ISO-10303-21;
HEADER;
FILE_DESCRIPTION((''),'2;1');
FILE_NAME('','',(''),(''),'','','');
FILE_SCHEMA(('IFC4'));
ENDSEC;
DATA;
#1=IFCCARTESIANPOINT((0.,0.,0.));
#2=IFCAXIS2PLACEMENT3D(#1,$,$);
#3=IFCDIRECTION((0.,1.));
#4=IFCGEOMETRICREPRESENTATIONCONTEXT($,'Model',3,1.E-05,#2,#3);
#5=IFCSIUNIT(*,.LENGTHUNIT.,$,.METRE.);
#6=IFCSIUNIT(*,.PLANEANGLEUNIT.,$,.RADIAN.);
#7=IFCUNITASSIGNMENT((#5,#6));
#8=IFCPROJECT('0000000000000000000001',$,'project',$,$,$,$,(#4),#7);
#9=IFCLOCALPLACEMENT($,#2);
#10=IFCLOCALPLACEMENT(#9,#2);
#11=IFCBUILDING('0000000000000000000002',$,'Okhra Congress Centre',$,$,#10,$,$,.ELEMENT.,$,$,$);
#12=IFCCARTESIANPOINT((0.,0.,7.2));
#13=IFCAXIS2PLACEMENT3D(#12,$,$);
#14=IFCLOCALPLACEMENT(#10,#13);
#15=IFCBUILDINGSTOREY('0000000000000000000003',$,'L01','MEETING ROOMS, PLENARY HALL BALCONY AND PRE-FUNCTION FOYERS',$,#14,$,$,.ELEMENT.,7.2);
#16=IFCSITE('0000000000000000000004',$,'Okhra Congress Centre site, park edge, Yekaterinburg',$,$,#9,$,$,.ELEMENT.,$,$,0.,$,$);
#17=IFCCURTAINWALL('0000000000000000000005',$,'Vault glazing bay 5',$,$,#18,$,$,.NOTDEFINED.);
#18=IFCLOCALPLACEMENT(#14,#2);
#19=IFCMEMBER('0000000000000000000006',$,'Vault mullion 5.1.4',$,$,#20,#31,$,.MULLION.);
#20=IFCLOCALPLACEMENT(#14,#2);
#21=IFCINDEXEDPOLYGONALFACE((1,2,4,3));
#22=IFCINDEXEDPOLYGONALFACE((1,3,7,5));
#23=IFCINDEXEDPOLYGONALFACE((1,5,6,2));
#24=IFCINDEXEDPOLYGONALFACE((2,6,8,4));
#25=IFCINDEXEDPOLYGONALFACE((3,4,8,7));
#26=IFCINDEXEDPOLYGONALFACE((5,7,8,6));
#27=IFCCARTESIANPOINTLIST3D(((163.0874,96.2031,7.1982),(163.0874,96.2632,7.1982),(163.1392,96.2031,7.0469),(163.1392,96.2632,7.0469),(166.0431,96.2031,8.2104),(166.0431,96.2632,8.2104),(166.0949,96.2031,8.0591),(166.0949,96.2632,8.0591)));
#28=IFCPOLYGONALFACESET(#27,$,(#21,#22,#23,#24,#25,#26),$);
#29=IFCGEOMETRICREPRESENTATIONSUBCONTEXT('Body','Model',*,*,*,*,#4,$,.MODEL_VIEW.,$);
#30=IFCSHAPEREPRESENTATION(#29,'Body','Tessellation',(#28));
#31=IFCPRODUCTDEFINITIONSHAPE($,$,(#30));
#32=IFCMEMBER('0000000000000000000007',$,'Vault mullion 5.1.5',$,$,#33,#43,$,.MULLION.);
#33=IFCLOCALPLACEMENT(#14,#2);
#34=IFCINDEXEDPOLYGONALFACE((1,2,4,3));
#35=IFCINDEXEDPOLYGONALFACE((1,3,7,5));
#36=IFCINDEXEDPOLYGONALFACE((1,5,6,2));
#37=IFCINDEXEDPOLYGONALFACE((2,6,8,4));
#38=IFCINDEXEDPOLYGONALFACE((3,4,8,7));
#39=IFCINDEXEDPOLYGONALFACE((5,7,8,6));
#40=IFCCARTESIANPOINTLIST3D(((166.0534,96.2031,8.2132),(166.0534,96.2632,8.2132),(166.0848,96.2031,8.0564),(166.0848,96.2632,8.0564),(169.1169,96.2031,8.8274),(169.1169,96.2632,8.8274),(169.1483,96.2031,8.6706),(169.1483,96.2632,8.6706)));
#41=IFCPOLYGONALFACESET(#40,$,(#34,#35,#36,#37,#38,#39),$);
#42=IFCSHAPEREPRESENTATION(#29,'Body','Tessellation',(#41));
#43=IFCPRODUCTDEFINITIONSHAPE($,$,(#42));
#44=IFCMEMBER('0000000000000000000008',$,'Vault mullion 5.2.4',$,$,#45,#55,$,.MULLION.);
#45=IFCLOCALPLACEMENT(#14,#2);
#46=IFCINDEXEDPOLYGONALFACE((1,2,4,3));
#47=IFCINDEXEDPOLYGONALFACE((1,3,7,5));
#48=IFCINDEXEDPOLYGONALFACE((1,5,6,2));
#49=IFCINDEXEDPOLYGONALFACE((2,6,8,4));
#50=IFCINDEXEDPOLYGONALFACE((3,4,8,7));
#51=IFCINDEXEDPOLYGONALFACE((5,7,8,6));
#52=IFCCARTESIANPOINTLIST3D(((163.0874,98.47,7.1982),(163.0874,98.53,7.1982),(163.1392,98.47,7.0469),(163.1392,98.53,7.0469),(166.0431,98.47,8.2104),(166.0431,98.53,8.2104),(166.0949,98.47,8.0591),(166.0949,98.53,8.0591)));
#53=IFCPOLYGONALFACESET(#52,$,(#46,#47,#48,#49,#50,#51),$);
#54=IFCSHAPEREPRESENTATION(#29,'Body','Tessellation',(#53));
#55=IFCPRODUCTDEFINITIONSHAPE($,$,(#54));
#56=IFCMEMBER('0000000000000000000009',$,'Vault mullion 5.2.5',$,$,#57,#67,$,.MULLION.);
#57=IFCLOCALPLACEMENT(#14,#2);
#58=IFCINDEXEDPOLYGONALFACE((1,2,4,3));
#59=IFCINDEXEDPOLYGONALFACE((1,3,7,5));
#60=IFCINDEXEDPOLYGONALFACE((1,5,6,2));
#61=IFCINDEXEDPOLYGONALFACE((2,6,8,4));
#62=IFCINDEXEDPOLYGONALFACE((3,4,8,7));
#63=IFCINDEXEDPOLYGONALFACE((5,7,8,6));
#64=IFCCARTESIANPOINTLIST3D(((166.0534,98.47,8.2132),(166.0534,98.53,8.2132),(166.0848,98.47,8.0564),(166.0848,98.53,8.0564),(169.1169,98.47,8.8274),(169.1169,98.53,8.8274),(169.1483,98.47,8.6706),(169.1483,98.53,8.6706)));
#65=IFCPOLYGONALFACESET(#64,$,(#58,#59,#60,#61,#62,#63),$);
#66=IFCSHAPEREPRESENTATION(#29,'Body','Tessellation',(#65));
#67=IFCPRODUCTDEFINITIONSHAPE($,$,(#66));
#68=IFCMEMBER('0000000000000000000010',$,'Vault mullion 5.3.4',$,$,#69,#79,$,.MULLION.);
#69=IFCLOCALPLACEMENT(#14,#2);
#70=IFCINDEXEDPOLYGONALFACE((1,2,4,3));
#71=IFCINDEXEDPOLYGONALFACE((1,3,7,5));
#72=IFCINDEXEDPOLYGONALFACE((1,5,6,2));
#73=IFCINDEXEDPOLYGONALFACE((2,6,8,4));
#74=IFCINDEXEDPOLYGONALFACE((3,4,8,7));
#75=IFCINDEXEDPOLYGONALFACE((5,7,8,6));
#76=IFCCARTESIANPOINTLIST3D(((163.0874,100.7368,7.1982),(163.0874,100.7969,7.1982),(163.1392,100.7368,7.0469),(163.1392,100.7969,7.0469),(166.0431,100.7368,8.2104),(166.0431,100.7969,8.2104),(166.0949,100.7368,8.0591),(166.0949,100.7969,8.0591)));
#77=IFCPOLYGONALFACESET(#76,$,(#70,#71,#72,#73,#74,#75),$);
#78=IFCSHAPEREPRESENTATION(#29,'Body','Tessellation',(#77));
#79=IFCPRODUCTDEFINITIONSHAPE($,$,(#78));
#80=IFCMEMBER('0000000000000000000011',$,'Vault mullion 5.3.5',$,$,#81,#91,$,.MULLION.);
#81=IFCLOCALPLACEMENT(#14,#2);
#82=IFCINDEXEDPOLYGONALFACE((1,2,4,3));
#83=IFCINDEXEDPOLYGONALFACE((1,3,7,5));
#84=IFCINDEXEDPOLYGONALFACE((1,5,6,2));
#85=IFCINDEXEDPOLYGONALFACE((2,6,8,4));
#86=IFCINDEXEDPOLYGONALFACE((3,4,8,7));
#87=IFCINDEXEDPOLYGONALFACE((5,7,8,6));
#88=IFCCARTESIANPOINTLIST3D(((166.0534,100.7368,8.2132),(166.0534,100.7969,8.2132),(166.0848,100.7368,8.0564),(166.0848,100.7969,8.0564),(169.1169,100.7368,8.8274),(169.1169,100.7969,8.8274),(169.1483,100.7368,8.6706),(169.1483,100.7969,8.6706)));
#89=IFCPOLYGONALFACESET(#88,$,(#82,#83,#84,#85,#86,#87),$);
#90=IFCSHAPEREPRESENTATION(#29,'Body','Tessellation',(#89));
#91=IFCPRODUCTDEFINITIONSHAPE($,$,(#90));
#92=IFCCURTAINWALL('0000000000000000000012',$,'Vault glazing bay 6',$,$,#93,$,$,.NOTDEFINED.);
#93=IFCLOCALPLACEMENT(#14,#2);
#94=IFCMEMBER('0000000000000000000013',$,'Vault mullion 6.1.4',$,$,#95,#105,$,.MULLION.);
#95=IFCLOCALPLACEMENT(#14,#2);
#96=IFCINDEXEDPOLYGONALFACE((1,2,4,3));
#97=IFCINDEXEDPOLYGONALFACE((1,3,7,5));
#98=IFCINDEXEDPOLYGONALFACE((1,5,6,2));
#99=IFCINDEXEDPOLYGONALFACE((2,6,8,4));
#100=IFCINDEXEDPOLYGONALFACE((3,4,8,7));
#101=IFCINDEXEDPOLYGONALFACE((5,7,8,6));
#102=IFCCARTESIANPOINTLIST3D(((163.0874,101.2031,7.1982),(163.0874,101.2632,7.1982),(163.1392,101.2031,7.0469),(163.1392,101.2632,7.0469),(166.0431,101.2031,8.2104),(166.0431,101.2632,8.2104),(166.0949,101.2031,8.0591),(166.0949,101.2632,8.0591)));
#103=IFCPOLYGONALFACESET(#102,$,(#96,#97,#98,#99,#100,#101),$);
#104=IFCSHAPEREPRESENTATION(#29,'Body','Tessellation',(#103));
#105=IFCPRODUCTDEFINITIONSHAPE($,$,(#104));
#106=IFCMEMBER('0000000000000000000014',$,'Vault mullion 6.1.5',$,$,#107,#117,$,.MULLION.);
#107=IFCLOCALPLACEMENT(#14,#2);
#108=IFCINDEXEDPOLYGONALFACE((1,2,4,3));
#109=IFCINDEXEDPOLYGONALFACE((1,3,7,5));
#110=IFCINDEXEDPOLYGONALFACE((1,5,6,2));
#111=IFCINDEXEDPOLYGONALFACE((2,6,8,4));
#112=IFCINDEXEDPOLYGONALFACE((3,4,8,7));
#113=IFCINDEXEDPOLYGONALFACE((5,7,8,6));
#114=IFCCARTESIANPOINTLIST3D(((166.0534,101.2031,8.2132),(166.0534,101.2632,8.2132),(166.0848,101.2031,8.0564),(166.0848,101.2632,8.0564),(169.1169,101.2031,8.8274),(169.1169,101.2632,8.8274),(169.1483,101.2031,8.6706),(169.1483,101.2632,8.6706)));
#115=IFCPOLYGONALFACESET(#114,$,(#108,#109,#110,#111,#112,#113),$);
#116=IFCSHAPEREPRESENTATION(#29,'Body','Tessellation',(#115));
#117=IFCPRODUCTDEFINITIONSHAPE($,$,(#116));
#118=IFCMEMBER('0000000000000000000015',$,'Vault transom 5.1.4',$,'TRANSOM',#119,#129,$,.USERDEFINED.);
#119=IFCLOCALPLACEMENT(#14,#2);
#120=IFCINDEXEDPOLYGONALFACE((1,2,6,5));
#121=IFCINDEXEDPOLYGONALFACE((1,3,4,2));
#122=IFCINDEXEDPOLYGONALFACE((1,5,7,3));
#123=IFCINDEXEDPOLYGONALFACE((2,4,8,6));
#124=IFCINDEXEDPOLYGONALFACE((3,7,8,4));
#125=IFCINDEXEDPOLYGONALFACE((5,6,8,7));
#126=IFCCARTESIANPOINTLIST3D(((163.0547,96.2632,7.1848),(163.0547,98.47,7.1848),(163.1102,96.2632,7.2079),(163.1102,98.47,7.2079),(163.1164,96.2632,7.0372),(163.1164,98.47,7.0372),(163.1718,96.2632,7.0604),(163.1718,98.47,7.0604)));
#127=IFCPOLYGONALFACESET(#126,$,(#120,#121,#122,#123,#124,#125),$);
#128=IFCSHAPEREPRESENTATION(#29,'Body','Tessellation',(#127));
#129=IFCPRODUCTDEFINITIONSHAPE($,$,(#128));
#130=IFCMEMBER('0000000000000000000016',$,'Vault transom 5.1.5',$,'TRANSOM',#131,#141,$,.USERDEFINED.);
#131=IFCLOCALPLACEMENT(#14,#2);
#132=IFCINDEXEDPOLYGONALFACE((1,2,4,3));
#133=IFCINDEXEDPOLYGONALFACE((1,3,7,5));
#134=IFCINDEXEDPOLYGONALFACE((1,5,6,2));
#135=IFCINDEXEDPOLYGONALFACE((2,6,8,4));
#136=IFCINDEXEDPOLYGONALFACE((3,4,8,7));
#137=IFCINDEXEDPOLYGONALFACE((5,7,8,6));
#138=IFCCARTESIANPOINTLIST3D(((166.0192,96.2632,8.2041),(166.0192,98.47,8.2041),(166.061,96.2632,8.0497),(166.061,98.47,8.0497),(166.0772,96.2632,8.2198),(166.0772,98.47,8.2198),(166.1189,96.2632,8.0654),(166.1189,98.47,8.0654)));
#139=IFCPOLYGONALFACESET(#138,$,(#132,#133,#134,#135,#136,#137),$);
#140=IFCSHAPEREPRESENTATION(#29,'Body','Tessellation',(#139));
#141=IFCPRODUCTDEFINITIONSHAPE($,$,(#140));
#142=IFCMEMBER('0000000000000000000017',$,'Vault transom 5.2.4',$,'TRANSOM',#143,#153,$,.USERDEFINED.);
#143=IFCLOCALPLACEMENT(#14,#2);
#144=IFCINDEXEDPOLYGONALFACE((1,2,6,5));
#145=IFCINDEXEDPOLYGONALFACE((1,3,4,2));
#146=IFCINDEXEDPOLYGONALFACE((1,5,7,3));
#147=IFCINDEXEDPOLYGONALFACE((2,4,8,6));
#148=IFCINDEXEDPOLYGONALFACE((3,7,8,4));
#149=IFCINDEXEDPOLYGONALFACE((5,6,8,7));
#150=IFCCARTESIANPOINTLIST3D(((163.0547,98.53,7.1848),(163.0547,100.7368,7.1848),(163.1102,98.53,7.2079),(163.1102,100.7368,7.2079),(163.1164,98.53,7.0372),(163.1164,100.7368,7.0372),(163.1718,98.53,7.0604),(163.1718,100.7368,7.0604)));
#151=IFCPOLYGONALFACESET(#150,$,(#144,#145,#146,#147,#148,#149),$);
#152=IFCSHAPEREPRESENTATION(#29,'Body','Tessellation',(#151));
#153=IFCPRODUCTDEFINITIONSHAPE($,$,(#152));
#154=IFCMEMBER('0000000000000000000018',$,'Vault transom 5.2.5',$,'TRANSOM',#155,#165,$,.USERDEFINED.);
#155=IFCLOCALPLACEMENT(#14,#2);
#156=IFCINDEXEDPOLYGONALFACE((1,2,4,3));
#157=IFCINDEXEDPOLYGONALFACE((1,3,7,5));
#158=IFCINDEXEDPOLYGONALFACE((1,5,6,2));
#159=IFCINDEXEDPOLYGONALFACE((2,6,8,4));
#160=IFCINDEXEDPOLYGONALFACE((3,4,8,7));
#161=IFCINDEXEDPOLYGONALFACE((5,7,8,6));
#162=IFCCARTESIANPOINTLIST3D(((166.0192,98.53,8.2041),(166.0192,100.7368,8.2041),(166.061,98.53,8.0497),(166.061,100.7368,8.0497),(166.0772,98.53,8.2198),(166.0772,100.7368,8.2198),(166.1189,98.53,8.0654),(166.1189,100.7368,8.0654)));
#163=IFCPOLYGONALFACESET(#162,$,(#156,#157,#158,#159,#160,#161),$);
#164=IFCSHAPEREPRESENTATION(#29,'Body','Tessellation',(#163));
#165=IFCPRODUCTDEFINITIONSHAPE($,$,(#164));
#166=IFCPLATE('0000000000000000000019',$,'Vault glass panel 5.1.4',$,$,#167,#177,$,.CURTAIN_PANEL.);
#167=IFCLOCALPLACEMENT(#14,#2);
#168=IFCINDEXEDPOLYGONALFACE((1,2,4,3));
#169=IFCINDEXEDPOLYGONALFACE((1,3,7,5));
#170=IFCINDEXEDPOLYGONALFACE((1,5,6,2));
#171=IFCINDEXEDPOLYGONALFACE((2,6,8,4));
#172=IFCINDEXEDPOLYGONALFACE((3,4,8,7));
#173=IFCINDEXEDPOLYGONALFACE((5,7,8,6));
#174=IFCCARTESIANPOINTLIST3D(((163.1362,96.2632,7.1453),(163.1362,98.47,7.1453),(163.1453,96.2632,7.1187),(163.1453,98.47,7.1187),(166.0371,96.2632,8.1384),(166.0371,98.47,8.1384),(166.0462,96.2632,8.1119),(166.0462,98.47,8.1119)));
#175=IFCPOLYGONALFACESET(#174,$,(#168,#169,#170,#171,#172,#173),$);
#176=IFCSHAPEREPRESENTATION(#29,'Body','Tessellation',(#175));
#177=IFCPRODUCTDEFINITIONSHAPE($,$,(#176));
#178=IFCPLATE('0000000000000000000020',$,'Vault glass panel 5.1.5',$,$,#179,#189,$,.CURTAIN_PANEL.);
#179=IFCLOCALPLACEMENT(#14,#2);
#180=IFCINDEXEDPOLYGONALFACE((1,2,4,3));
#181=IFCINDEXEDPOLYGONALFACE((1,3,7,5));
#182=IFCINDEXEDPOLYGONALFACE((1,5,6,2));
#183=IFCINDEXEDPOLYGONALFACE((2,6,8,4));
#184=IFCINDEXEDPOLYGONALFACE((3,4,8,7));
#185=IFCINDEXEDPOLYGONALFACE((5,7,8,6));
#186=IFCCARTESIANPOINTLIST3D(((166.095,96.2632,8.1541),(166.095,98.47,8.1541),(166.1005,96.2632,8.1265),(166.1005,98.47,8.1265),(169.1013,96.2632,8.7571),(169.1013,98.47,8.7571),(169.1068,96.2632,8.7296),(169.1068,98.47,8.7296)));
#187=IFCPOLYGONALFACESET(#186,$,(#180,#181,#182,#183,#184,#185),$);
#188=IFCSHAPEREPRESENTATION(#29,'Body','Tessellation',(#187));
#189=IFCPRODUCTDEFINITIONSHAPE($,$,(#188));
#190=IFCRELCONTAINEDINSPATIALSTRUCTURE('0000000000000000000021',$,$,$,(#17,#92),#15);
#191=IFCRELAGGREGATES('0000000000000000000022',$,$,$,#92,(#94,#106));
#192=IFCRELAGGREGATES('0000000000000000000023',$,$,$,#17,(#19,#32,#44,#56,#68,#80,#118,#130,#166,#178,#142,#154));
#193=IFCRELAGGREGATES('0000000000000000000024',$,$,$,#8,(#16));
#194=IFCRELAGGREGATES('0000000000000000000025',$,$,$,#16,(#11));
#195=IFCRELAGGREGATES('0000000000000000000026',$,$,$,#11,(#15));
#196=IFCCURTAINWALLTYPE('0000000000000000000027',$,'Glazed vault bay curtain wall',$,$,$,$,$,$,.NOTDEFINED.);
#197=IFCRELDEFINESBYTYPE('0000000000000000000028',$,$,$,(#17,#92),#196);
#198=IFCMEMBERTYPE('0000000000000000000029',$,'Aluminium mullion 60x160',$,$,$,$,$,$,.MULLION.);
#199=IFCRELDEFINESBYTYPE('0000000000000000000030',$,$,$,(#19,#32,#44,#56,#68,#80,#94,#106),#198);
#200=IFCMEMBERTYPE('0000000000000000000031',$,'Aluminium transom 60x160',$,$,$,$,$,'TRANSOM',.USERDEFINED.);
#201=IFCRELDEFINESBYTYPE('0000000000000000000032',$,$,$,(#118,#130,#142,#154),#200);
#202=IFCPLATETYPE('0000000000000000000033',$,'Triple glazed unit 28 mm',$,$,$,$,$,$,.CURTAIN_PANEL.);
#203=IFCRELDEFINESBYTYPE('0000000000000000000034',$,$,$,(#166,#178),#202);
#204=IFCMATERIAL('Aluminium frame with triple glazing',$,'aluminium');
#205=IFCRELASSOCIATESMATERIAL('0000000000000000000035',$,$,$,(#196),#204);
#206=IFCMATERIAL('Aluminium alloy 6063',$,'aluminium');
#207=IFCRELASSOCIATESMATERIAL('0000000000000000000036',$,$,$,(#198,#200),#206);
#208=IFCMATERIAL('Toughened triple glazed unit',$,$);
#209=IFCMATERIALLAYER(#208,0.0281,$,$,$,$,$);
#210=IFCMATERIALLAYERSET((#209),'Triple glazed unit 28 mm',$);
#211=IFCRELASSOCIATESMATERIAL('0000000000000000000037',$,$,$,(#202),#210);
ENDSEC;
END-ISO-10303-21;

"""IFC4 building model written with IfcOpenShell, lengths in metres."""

from ifc_helpers import new_model, si_unit, direction, frame, origin, origin_2d, place, context, subcontext, project, spatial, polyline, rectangle, outline, extrude, material, layer, layer_set, material_profile, profile_set, type_object, element, aggregate, save


model = new_model("IFC4")

# Units and contexts
model_context = context("Model", 3, precision=1e-05, world=origin(), true_north=direction((0.0, 1.0)))
body_context = subcontext(model_context, "Body", "Model", "MODEL_VIEW")
ifc_project = project(units=[si_unit("LENGTHUNIT", "METRE"), si_unit("PLANEANGLEUNIT", "RADIAN")], contexts=[model_context])

# Site, building, storey
site_placement = place(None, origin())
site = spatial("IfcSite", under=ifc_project, at=site_placement, Name="Okhra Congress Centre site, park edge, Yekaterinburg", CompositionType="ELEMENT", RefElevation=0.0)
building_placement = place(site_placement, origin())
building = spatial("IfcBuilding", under=site, at=building_placement, Name="Okhra Congress Centre", CompositionType="ELEMENT")
storey_placement = place(building_placement, frame((0.0, 0.0, 7.2)))
storey = spatial("IfcBuildingStorey", under=building, at=storey_placement, Name="L01", Description="MEETING ROOMS, PLENARY HALL BALCONY AND PRE-FUNCTION FOYERS", CompositionType="ELEMENT", Elevation=7.2)

# Curtain walls, members
ifc_material_1 = material(Name="Aluminium frame with triple glazing", Category="aluminium")
curtain_wall_type = type_object("IfcCurtainWallType", Name="Glazed vault bay curtain wall", PredefinedType="NOTDEFINED", material=ifc_material_1)
curtain_wall_1_placement = place(storey_placement, origin())
curtain_wall_1 = element("IfcCurtainWall", 1, at=curtain_wall_1_placement, inside=storey, type_object=curtain_wall_type, Name="Vault glazing bay 5", PredefinedType="NOTDEFINED")
ifc_material_2 = material(Name="Aluminium alloy 6063", Category="aluminium")
ifc_material_profile_1 = material_profile(ifc_material_2, rectangle(XDim=0.0601, YDim=0.1599, at=origin_2d()), Name="AL 60x160")
ifc_profile_set_1 = profile_set([ifc_material_profile_1], Name="Aluminium alloy 6063")
member_type_1 = type_object("IfcMemberType", Name="Aluminium mullion 60x160", PredefinedType="MULLION", material=ifc_profile_set_1)
member_1_placement = place(storey_placement, frame((163.1133, 96.2332, 7.1226), z_axis=(0.946065, 0.0, 0.323977), x_axis=(0.0, 1.0, 0.0)))
member_1 = element("IfcMember", 2, at=member_1_placement, type_object=member_type_1, Name="Vault mullion 5.1.4", PredefinedType="MULLION", context=body_context, shape_type="SweptSolid", body=[
    extrude(rectangle(XDim=0.0601, YDim=0.1599, at=origin_2d()), origin(), (0.0, 0.0, 1.0), 3.1243),
])
member_2_placement = place(storey_placement, frame((166.0691, 96.2332, 8.1348), z_axis=(0.980484, 0.0, 0.196597), x_axis=(0.0, 1.0, 0.0)))
member_2 = element("IfcMember", 3, at=member_2_placement, type_object=member_type_1, Name="Vault mullion 5.1.5", PredefinedType="MULLION", context=body_context, shape_type="SweptSolid", body=[
    extrude(rectangle(XDim=0.0601, YDim=0.1599, at=origin_2d()), origin(), (0.0, 0.0, 1.0), 3.1245),
])
member_3_placement = place(storey_placement, frame((163.1133, 98.5, 7.1226), z_axis=(0.946065, 0.0, 0.323977), x_axis=(0.0, 1.0, 0.0)))
member_3 = element("IfcMember", 4, at=member_3_placement, type_object=member_type_1, Name="Vault mullion 5.2.4", PredefinedType="MULLION", context=body_context, shape_type="SweptSolid", body=[
    extrude(rectangle(XDim=0.0601, YDim=0.1599, at=origin_2d()), origin(), (0.0, 0.0, 1.0), 3.1243),
])
member_4_placement = place(storey_placement, frame((166.0691, 98.5, 8.1348), z_axis=(0.980484, 0.0, 0.196597), x_axis=(0.0, 1.0, 0.0)))
member_4 = element("IfcMember", 5, at=member_4_placement, type_object=member_type_1, Name="Vault mullion 5.2.5", PredefinedType="MULLION", context=body_context, shape_type="SweptSolid", body=[
    extrude(rectangle(XDim=0.0601, YDim=0.1599, at=origin_2d()), origin(), (0.0, 0.0, 1.0), 3.1245),
])
member_5_placement = place(storey_placement, frame((163.1133, 100.7668, 7.1226), z_axis=(0.946065, 0.0, 0.323977), x_axis=(0.0, 1.0, 0.0)))
member_5 = element("IfcMember", 6, at=member_5_placement, type_object=member_type_1, Name="Vault mullion 5.3.4", PredefinedType="MULLION", context=body_context, shape_type="SweptSolid", body=[
    extrude(rectangle(XDim=0.0601, YDim=0.1599, at=origin_2d()), origin(), (0.0, 0.0, 1.0), 3.1243),
])
member_6_placement = place(storey_placement, frame((166.0691, 100.7668, 8.1348), z_axis=(0.980484, 0.0, 0.196597), x_axis=(0.0, 1.0, 0.0)))
member_6 = element("IfcMember", 7, at=member_6_placement, type_object=member_type_1, Name="Vault mullion 5.3.5", PredefinedType="MULLION", context=body_context, shape_type="SweptSolid", body=[
    extrude(rectangle(XDim=0.0601, YDim=0.1599, at=origin_2d()), origin(), (0.0, 0.0, 1.0), 3.1245),
])
curtain_wall_2_placement = place(storey_placement, origin())
curtain_wall_2 = element("IfcCurtainWall", 8, at=curtain_wall_2_placement, inside=storey, type_object=curtain_wall_type, Name="Vault glazing bay 6", PredefinedType="NOTDEFINED")
member_7_placement = place(storey_placement, frame((163.1133, 101.2332, 7.1226), z_axis=(0.946065, 0.0, 0.323977), x_axis=(0.0, 1.0, 0.0)))
member_7 = element("IfcMember", 9, at=member_7_placement, type_object=member_type_1, Name="Vault mullion 6.1.4", PredefinedType="MULLION", context=body_context, shape_type="SweptSolid", body=[
    extrude(rectangle(XDim=0.0601, YDim=0.1599, at=origin_2d()), origin(), (0.0, 0.0, 1.0), 3.1243),
])
member_8_placement = place(storey_placement, frame((166.0691, 101.2332, 8.1348), z_axis=(0.980484, 0.0, 0.196597), x_axis=(0.0, 1.0, 0.0)))
member_8 = element("IfcMember", 10, at=member_8_placement, type_object=member_type_1, Name="Vault mullion 6.1.5", PredefinedType="MULLION", context=body_context, shape_type="SweptSolid", body=[
    extrude(rectangle(XDim=0.0601, YDim=0.1599, at=origin_2d()), origin(), (0.0, 0.0, 1.0), 3.1245),
])
aggregate(curtain_wall_2, [member_7, member_8])

# Members
ifc_material_profile_2 = material_profile(ifc_material_2, rectangle(XDim=0.0601, YDim=0.1599, at=origin_2d()), Name="AL 60x160 transom")
ifc_profile_set_2 = profile_set([ifc_material_profile_2], Name="Aluminium alloy 6063")
member_type_2 = type_object("IfcMemberType", Name="Aluminium transom 60x160", ElementType="TRANSOM", PredefinedType="USERDEFINED", material=ifc_profile_set_2)
member_9_placement = place(storey_placement, frame((163.1133, 96.2632, 7.1226), z_axis=(0.0, 1.0, 0.0), x_axis=(-0.922669, 0.0, -0.385593)))
member_9 = element("IfcMember", 11, at=member_9_placement, type_object=member_type_2, Name="Vault transom 5.1.4", ObjectType="TRANSOM", PredefinedType="USERDEFINED", context=body_context, shape_type="SweptSolid", body=[
    extrude(rectangle(XDim=0.0601, YDim=0.1599, at=origin_2d()), origin(), (0.0, 0.0, 1.0), 2.2068),
])
member_10_placement = place(storey_placement, frame((166.0691, 96.2632, 8.1348), z_axis=(0.0, 1.0, 0.0), x_axis=(-0.96538, 0.0, -0.260848)))
member_10 = element("IfcMember", 12, at=member_10_placement, type_object=member_type_2, Name="Vault transom 5.1.5", ObjectType="TRANSOM", PredefinedType="USERDEFINED", context=body_context, shape_type="SweptSolid", body=[
    extrude(rectangle(XDim=0.0601, YDim=0.1599, at=origin_2d()), origin(), (0.0, 0.0, 1.0), 2.2068),
])
member_11_placement = place(storey_placement, frame((163.1133, 98.53, 7.1226), z_axis=(0.0, 1.0, 0.0), x_axis=(-0.922669, 0.0, -0.385593)))
member_11 = element("IfcMember", 13, at=member_11_placement, type_object=member_type_2, Name="Vault transom 5.2.4", ObjectType="TRANSOM", PredefinedType="USERDEFINED", context=body_context, shape_type="SweptSolid", body=[
    extrude(rectangle(XDim=0.0601, YDim=0.1599, at=origin_2d()), origin(), (0.0, 0.0, 1.0), 2.2068),
])
member_12_placement = place(storey_placement, frame((166.0691, 98.53, 8.1348), z_axis=(0.0, 1.0, 0.0), x_axis=(-0.96538, 0.0, -0.260848)))
member_12 = element("IfcMember", 14, at=member_12_placement, type_object=member_type_2, Name="Vault transom 5.2.5", ObjectType="TRANSOM", PredefinedType="USERDEFINED", context=body_context, shape_type="SweptSolid", body=[
    extrude(rectangle(XDim=0.0601, YDim=0.1599, at=origin_2d()), origin(), (0.0, 0.0, 1.0), 2.2068),
])

# Plates
ifc_material_3 = material(Name="Toughened triple glazed unit")
ifc_layer_1 = layer(ifc_material_3, 0.0281)
ifc_layer_set_1 = layer_set([ifc_layer_1], Name="Triple glazed unit 28 mm")
plate_type = type_object("IfcPlateType", Name="Triple glazed unit 28 mm", PredefinedType="CURTAIN_PANEL", material=ifc_layer_set_1)
plate_1_placement = place(storey_placement, frame((163.1362, 96.2632, 7.1453), z_axis=(-0.323909, 0.0, 0.946088), x_axis=(0.946088, 0.0, 0.323909)))
plate_1 = element("IfcPlate", 15, at=plate_1_placement, type_object=plate_type, Name="Vault glass panel 5.1.4", PredefinedType="CURTAIN_PANEL", context=body_context, shape_type="SweptSolid", body=[
    extrude(outline(polyline([(0.0, 0.0), (3.0662, 0.0), (3.0662, 2.2068), (0.0, 2.2068), (0.0, 0.0)])), origin(), (0.0, 0.0, -1.0), 0.0281),
])
plate_2_placement = place(storey_placement, frame((166.095, 96.2632, 8.1541), z_axis=(-0.196667, 0.0, 0.98047), x_axis=(0.98047, 0.0, 0.196667)))
plate_2 = element("IfcPlate", 16, at=plate_2_placement, type_object=plate_type, Name="Vault glass panel 5.1.5", PredefinedType="CURTAIN_PANEL", context=body_context, shape_type="SweptSolid", body=[
    extrude(outline(polyline([(0.0, 0.0), (3.0662, 0.0), (3.0662, 2.2068), (0.0, 2.2068), (0.0, 0.0)])), origin(), (0.0, 0.0, -1.0), 0.0281),
])
aggregate(curtain_wall_1, [member_1, member_2, member_3, member_4, member_5, member_6, member_9, member_10, plate_1, plate_2, member_11, member_12])

save(model, "model.ifc")
